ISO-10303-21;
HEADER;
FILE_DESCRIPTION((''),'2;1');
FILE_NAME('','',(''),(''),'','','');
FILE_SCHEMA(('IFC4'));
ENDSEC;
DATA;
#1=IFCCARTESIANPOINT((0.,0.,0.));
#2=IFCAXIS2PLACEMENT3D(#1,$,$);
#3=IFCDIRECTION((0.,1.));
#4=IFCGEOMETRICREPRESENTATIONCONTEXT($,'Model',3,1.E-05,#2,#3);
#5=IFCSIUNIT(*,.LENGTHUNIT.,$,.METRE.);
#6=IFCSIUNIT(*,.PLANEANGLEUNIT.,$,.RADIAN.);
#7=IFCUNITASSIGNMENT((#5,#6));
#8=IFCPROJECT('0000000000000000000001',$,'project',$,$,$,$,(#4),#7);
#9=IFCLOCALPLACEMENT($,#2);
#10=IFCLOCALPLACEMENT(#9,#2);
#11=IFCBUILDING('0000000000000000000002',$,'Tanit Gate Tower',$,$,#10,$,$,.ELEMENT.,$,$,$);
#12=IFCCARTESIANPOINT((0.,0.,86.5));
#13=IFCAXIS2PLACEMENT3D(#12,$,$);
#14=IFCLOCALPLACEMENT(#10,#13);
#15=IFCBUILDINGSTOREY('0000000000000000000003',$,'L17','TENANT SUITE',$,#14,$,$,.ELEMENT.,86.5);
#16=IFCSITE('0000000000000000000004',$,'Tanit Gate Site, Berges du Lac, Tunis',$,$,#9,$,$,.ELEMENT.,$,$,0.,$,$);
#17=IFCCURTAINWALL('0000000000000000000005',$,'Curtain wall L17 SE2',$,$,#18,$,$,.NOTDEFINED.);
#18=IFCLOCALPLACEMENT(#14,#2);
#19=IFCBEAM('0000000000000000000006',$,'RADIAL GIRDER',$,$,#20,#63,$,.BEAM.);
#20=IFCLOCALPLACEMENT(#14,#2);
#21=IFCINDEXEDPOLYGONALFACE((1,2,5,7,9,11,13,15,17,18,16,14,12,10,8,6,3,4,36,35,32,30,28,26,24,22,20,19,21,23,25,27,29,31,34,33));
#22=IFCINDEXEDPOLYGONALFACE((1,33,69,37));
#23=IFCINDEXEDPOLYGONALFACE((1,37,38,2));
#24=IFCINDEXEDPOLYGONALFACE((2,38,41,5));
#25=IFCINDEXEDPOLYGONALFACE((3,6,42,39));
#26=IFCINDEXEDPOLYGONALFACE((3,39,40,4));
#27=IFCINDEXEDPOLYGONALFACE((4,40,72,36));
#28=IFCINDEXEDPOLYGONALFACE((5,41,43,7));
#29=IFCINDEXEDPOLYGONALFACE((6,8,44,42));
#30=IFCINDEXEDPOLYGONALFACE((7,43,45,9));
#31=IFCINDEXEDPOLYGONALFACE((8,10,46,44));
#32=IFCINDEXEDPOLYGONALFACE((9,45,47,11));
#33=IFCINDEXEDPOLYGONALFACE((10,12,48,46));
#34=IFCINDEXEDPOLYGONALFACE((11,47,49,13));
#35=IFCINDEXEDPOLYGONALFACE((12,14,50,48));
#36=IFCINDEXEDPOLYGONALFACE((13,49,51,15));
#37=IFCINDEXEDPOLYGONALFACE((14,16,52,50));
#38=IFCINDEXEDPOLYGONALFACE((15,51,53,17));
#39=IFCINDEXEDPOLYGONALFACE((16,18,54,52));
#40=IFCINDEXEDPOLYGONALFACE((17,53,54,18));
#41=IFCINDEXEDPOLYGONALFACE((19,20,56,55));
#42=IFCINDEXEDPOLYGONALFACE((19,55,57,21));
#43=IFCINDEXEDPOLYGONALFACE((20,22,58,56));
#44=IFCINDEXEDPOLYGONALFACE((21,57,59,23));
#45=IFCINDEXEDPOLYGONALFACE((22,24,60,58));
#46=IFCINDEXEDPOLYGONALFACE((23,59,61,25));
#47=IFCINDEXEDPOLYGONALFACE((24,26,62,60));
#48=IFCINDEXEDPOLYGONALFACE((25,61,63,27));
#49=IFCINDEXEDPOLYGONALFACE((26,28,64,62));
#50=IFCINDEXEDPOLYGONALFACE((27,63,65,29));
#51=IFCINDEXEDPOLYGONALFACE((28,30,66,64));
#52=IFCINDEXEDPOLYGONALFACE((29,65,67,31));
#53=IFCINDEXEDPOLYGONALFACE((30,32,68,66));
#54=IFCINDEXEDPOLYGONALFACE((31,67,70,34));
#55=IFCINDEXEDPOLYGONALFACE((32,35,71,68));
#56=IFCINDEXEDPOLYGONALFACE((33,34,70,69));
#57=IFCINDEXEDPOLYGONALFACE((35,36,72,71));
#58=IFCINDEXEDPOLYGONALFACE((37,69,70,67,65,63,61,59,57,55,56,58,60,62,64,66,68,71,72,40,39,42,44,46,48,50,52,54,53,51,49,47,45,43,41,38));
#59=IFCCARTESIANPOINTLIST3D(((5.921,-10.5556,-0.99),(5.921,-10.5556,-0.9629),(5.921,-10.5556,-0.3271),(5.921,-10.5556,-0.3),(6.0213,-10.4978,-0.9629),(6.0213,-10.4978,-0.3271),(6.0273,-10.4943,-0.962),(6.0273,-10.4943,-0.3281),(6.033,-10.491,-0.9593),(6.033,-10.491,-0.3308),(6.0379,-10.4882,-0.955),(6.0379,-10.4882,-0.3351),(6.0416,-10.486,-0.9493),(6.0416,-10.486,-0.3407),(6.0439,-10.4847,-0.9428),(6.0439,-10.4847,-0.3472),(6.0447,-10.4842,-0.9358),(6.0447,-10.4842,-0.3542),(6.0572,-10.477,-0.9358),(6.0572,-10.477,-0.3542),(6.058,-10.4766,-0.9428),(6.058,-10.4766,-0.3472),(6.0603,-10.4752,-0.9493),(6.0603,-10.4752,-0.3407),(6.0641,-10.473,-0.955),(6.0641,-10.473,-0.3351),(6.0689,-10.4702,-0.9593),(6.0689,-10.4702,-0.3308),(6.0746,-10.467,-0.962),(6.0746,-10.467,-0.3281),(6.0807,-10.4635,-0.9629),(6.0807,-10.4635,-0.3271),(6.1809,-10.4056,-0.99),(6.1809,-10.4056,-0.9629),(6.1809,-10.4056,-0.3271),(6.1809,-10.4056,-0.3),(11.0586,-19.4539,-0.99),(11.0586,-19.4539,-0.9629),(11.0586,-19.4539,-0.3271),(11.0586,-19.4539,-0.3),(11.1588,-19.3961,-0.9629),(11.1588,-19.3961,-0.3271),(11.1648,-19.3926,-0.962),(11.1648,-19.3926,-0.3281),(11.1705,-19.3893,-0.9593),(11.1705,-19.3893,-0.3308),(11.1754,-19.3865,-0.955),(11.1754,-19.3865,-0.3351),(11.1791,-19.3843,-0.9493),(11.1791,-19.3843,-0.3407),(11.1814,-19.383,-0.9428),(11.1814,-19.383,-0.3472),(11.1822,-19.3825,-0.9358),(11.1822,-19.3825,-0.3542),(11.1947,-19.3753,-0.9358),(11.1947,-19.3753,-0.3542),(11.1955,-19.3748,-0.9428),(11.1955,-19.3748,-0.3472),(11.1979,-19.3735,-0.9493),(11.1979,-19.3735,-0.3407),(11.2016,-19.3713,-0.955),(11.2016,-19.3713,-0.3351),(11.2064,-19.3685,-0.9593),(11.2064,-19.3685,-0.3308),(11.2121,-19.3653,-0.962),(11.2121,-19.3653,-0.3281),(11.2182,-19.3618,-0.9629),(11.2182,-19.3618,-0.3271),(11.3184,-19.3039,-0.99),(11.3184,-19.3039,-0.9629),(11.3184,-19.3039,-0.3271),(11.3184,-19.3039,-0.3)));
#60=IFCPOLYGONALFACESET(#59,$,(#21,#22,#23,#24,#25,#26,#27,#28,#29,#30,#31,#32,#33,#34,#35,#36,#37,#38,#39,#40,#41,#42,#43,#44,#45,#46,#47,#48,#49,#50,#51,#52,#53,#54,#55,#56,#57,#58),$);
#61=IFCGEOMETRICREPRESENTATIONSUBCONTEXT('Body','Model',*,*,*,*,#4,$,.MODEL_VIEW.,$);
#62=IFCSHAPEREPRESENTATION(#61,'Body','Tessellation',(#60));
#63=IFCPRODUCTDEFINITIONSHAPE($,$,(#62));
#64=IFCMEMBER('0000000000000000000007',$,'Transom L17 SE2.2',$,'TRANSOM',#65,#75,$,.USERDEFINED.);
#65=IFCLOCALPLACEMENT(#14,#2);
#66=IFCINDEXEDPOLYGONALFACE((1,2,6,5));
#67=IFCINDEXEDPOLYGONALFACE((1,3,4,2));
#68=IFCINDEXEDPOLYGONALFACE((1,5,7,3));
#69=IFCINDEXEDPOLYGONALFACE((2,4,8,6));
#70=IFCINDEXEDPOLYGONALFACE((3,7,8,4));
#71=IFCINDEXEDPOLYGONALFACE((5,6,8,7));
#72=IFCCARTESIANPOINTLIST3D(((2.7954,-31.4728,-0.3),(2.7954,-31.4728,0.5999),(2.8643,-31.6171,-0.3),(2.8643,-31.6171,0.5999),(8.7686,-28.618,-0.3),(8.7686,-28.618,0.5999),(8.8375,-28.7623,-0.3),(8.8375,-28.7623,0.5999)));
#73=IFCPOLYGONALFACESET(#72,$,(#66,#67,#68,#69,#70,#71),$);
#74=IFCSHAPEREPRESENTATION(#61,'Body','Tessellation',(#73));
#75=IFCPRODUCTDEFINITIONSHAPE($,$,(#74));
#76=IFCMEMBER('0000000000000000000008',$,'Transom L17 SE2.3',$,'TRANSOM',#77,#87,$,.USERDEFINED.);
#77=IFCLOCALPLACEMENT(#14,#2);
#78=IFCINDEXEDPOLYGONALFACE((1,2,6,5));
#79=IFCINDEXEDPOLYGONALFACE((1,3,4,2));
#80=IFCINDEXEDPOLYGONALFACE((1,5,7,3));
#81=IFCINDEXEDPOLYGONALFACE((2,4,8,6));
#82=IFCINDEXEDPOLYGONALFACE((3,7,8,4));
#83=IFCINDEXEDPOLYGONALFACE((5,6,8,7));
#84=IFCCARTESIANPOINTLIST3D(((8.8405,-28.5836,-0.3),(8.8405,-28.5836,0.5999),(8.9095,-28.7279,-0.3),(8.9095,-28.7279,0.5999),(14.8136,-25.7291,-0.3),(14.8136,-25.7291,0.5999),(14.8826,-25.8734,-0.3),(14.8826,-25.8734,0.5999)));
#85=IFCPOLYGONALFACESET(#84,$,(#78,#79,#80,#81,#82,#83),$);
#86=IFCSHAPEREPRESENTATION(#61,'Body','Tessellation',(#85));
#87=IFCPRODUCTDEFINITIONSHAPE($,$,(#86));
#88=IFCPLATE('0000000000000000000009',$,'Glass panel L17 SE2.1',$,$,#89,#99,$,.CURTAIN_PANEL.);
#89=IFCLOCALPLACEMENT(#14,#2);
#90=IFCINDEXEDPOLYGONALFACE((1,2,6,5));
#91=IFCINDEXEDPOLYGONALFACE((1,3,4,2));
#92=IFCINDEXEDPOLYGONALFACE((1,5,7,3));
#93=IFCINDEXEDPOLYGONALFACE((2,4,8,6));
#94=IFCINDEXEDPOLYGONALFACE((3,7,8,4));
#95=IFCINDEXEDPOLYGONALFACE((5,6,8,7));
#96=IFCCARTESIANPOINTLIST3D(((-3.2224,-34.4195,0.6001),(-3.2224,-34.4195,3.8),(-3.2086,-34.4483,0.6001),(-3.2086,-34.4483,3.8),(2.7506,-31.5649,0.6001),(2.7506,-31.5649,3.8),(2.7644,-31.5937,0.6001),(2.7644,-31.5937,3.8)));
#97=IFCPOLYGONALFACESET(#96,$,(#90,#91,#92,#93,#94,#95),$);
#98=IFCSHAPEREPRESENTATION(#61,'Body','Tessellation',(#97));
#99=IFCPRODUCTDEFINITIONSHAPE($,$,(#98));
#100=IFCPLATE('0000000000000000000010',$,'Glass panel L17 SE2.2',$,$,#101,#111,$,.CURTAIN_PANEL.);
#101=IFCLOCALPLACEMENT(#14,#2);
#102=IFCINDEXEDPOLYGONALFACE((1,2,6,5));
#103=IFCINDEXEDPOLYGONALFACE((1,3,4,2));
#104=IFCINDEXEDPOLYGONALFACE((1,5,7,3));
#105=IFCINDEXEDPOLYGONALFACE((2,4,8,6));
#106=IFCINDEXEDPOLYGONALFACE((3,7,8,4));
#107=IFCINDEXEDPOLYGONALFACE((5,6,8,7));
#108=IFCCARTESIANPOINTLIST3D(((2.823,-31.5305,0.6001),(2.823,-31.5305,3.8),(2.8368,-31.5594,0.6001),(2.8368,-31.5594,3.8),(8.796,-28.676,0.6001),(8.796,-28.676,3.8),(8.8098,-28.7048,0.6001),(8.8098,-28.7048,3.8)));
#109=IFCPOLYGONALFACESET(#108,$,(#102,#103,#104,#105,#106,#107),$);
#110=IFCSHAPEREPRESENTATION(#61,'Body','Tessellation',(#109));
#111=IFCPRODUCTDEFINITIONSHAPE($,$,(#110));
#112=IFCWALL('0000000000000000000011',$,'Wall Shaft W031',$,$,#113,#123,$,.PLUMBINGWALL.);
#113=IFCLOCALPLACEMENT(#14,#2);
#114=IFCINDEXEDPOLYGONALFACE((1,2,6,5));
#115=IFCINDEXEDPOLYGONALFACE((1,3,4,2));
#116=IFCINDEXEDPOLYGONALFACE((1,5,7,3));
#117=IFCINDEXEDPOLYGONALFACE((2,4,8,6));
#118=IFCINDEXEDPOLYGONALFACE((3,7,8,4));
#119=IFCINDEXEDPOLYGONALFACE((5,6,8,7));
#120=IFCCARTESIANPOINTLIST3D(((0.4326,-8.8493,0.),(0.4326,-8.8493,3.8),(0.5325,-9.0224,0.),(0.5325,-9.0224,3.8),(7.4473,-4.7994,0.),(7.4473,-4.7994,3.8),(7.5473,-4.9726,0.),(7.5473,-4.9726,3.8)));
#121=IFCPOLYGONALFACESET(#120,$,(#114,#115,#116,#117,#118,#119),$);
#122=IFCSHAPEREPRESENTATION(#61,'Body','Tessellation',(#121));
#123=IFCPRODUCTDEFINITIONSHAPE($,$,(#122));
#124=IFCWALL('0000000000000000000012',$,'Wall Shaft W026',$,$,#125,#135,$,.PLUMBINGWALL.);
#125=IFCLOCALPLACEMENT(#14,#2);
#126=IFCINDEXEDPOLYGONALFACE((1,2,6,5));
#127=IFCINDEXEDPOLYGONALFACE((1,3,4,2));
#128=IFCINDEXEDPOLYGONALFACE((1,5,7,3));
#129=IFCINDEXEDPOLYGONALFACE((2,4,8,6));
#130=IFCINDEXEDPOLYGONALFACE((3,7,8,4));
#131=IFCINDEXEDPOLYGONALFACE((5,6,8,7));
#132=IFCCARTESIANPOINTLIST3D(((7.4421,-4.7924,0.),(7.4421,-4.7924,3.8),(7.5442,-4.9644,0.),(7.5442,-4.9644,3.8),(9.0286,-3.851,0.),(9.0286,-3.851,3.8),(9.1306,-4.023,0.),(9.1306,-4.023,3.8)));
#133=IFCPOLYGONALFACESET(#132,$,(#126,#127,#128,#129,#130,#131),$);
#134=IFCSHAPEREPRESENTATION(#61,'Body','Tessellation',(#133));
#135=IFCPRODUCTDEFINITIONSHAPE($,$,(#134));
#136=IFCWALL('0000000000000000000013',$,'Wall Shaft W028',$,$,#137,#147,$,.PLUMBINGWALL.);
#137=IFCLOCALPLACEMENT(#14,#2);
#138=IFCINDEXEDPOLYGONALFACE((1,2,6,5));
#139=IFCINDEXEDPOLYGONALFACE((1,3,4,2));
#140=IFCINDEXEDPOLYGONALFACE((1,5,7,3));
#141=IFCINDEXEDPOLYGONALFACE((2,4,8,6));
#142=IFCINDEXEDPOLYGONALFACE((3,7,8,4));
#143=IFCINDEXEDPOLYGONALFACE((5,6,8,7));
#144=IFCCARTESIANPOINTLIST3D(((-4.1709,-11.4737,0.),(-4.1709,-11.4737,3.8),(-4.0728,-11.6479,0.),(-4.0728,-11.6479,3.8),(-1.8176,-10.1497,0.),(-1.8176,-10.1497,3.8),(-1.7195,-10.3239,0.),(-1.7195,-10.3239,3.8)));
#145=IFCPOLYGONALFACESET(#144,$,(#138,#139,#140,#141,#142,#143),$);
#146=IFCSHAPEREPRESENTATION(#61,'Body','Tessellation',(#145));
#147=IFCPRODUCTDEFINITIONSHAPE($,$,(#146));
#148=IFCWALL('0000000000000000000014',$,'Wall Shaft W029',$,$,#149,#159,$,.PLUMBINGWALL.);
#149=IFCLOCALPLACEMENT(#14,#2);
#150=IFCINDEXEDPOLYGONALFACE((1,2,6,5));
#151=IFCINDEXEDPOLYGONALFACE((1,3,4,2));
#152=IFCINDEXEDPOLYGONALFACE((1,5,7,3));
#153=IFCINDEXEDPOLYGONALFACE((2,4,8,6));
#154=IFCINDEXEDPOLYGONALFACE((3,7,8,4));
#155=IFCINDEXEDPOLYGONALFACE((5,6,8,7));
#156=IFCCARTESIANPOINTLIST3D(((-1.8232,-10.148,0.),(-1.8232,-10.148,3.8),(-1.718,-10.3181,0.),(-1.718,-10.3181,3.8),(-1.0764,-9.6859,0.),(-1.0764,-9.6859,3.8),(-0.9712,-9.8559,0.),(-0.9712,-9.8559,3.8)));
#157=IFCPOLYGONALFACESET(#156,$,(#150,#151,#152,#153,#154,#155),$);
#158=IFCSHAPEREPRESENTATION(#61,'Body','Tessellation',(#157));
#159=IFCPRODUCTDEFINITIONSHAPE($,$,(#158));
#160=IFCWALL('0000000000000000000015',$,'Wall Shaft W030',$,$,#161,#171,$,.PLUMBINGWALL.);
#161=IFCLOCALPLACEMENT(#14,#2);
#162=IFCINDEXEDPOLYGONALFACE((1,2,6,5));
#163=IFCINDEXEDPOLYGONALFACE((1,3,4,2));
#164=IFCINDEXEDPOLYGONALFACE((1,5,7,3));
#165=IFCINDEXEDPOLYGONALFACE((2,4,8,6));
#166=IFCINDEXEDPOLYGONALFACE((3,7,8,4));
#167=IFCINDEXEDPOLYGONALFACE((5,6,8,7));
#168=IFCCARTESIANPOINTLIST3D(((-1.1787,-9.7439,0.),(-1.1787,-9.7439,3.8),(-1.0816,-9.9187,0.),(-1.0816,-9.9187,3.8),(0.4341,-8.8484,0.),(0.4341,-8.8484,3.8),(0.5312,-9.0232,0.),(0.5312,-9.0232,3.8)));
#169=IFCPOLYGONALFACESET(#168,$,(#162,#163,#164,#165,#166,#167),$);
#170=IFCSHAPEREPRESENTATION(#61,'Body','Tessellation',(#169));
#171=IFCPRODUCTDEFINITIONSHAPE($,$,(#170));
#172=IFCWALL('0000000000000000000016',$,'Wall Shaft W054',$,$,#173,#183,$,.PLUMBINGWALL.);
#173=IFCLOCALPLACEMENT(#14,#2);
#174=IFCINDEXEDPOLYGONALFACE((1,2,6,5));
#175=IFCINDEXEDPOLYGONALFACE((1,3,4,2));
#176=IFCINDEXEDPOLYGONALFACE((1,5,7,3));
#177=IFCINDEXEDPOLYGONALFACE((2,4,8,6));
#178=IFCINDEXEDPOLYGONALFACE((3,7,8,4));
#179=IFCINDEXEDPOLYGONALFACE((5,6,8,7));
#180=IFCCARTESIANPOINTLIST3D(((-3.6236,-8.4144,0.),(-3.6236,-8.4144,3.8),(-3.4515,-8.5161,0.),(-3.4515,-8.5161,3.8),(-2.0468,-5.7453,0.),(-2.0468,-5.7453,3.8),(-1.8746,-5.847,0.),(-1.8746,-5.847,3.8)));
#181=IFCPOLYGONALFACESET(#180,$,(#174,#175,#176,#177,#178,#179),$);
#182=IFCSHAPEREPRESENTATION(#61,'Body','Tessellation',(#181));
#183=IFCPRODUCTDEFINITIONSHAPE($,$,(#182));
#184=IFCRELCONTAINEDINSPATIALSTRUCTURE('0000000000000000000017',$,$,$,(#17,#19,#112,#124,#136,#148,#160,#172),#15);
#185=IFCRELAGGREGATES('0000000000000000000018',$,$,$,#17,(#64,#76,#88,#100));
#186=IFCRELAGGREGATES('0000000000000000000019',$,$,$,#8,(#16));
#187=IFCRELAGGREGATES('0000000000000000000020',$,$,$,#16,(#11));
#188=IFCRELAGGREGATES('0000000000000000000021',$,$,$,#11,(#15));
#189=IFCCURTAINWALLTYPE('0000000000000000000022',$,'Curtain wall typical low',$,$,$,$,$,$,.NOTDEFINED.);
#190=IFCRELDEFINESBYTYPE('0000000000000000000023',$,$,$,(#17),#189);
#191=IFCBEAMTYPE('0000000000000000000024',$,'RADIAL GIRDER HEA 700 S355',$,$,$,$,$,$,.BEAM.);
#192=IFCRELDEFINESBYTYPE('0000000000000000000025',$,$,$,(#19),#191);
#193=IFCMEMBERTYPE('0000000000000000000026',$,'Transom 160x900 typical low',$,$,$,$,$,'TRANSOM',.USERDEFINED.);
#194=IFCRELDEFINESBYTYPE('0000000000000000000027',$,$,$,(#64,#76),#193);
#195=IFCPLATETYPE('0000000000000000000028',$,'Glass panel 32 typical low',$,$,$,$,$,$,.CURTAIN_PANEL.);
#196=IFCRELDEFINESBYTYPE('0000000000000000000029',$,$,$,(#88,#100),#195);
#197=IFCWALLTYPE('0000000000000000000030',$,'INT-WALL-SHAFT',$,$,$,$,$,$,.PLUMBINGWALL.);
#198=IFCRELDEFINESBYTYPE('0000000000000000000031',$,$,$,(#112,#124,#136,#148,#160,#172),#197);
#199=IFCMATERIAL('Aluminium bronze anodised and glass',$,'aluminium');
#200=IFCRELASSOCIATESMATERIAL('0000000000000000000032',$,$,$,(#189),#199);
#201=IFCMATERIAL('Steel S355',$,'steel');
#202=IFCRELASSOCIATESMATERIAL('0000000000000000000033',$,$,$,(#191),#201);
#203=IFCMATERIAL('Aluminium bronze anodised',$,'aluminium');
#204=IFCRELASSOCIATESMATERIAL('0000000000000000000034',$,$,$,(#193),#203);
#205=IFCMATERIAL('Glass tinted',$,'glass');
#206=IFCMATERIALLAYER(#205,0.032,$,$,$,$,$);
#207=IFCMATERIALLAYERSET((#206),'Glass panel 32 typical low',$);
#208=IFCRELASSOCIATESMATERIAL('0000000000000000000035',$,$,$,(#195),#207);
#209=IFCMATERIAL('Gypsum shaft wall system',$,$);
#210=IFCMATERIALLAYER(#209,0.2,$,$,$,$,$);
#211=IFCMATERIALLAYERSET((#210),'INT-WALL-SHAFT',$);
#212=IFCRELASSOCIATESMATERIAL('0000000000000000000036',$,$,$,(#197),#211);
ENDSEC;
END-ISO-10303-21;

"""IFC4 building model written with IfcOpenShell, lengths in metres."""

from ifc_helpers import new_model, si_unit, direction, frame, frame_2d, origin, origin_2d, place, context, subcontext, project, spatial, rectangle, i_section, extrude, material, layer, layer_set, material_profile, profile_set, type_object, element, aggregate, save


model = new_model("IFC4")

# Units and contexts
model_context = context("Model", 3, precision=1e-05, world=origin(), true_north=direction((0.0, 1.0)))
body_context = subcontext(model_context, "Body", "Model", "MODEL_VIEW")
ifc_project = project(units=[si_unit("LENGTHUNIT", "METRE"), si_unit("PLANEANGLEUNIT", "RADIAN")], contexts=[model_context])

# Site, building, storey
site_placement = place(None, origin())
site = spatial("IfcSite", under=ifc_project, at=site_placement, Name="Tanit Gate Site, Berges du Lac, Tunis", CompositionType="ELEMENT", RefElevation=0.0)
building_placement = place(site_placement, origin())
building = spatial("IfcBuilding", under=site, at=building_placement, Name="Tanit Gate Tower", CompositionType="ELEMENT")
storey_placement = place(building_placement, frame((0.0, 0.0, 86.5)))
storey = spatial("IfcBuildingStorey", under=building, at=storey_placement, Name="L17", Description="TENANT SUITE", CompositionType="ELEMENT", Elevation=86.5)

# Curtain wall
ifc_material_1 = material(Name="Aluminium bronze anodised and glass", Category="aluminium")
curtain_wall_type = type_object("IfcCurtainWallType", Name="Curtain wall typical low", PredefinedType="NOTDEFINED", material=ifc_material_1)
curtain_wall_placement = place(storey_placement, origin())
curtain_wall = element("IfcCurtainWall", 1, at=curtain_wall_placement, inside=storey, type_object=curtain_wall_type, Name="Curtain wall L17 SE2", PredefinedType="NOTDEFINED")

# Beam
ifc_material_2 = material(Name="Steel S355", Category="steel")
ifc_material_profile_1 = material_profile(ifc_material_2, i_section(OverallWidth=0.3, OverallDepth=0.6899, WebThickness=0.0144, FlangeThickness=0.0271, FilletRadius=0.0271, at=origin_2d()), Name="HEA 700")
ifc_profile_set_1 = profile_set([ifc_material_profile_1], Name="Steel S355")
beam_type = type_object("IfcBeamType", Name="RADIAL GIRDER HEA 700 S355", PredefinedType="BEAM", material=ifc_profile_set_1)
beam_1_placement = place(storey_placement, frame((11.1885, -19.3789, -0.645), z_axis=(-0.500006, 0.866022, 0.0), x_axis=(-0.866022, -0.500006, 0.0)))
element("IfcBeam", 2, at=beam_1_placement, inside=storey, type_object=beam_type, Name="RADIAL GIRDER", PredefinedType="BEAM", context=body_context, shape_type="SweptSolid", body=[
    extrude(i_section(OverallWidth=0.3, OverallDepth=0.6899, WebThickness=0.0144, FlangeThickness=0.0271, FilletRadius=0.0271, at=origin_2d()), origin(), (0.0, 0.0, 1.0), 10.2749),
])

# Members
ifc_material_3 = material(Name="Aluminium bronze anodised", Category="aluminium")
ifc_material_profile_2 = material_profile(ifc_material_3, rectangle(XDim=0.1599, YDim=0.8999, at=origin_2d()), Name="160x900 bronze transom")
ifc_profile_set_2 = profile_set([ifc_material_profile_2], Name="Aluminium bronze anodised")
member_type_1 = type_object("IfcMemberType", Name="Transom 160x900 typical low", ElementType="TRANSOM", PredefinedType="USERDEFINED", material=ifc_profile_set_2)
member_1_placement = place(storey_placement, frame((2.8298, -31.5449, 0.1499), z_axis=(0.902251, 0.431211, 0.0), x_axis=(-0.431211, 0.902251, 0.0)))
member_1 = element("IfcMember", 3, at=member_1_placement, type_object=member_type_1, Name="Transom L17 SE2.2", ObjectType="TRANSOM", PredefinedType="USERDEFINED", context=body_context, shape_type="SweptSolid", body=[
    extrude(rectangle(XDim=0.1599, YDim=0.8999, at=origin_2d()), origin(), (0.0, 0.0, 1.0), 6.6204),
])
member_2_placement = place(storey_placement, frame((8.875, -28.6558, 0.1499), z_axis=(0.902265, 0.431181, 0.0), x_axis=(-0.431181, 0.902265, 0.0)))
member_2 = element("IfcMember", 4, at=member_2_placement, type_object=member_type_1, Name="Transom L17 SE2.3", ObjectType="TRANSOM", PredefinedType="USERDEFINED", context=body_context, shape_type="SweptSolid", body=[
    extrude(rectangle(XDim=0.1599, YDim=0.8999, at=origin_2d()), origin(), (0.0, 0.0, 1.0), 6.6201),
])

# Plates
ifc_material_4 = material(Name="Glass tinted", Category="glass")
ifc_layer_1 = layer(ifc_material_4, 0.032)
ifc_layer_set_1 = layer_set([ifc_layer_1], Name="Glass panel 32 typical low")
plate_type = type_object("IfcPlateType", Name="Glass panel 32 typical low", PredefinedType="CURTAIN_PANEL", material=ifc_layer_set_1)
plate_1_placement = place(storey_placement, frame((-0.229, -33.0066, 0.6001), z_axis=(0.0, 0.0, 1.0), x_axis=(0.902258, 0.431197, 0.0)))
plate_1 = element("IfcPlate", 5, at=plate_1_placement, type_object=plate_type, Name="Glass panel L17 SE2.1", PredefinedType="CURTAIN_PANEL", context=body_context, shape_type="SweptSolid", body=[
    extrude(rectangle(XDim=6.6201, YDim=0.032, at=origin_2d()), origin(), (0.0, 0.0, 1.0), 3.2),
])
plate_2_placement = place(storey_placement, frame((5.8164, -30.1177, 0.6001), z_axis=(0.0, 0.0, 1.0), x_axis=(0.902258, 0.431197, 0.0)))
plate_2 = element("IfcPlate", 6, at=plate_2_placement, type_object=plate_type, Name="Glass panel L17 SE2.2", PredefinedType="CURTAIN_PANEL", context=body_context, shape_type="SweptSolid", body=[
    extrude(rectangle(XDim=6.6201, YDim=0.032, at=origin_2d()), origin(), (0.0, 0.0, 1.0), 3.2),
])
aggregate(curtain_wall, [member_1, member_2, plate_1, plate_2])

# Walls
ifc_material_5 = material(Name="Gypsum shaft wall system")
ifc_layer_2 = layer(ifc_material_5, 0.2)
ifc_layer_set_2 = layer_set([ifc_layer_2], Name="INT-WALL-SHAFT")
wall_type = type_object("IfcWallType", Name="INT-WALL-SHAFT", PredefinedType="PLUMBINGWALL", material=ifc_layer_set_2)
wall_1_placement = place(storey_placement, frame((0.4827, -8.9358, 0.0), z_axis=(0.0, 0.0, 1.0), x_axis=(0.866031, 0.49999, 0.0)))
element("IfcWall", 7, at=wall_1_placement, inside=storey, type_object=wall_type, Name="Wall Shaft W031", PredefinedType="PLUMBINGWALL", context=body_context, shape_type="SweptSolid", body=[
    extrude(rectangle(XDim=8.0999, YDim=0.2, at=frame_2d((4.0498, 0.0))), origin(), (0.0, 0.0, 1.0), 3.8),
])
wall_2_placement = place(storey_placement, frame((7.4932, -4.8784, 0.0), z_axis=(0.0, 0.0, 1.0), x_axis=(0.859982, 0.510325, 0.0)))
element("IfcWall", 8, at=wall_2_placement, inside=storey, type_object=wall_type, Name="Wall Shaft W026", PredefinedType="PLUMBINGWALL", context=body_context, shape_type="SweptSolid", body=[
    extrude(rectangle(XDim=1.8447, YDim=0.2, at=frame_2d((0.9224, 0.0))), origin(), (0.0, 0.0, 1.0), 3.8),
])
wall_3_placement = place(storey_placement, frame((-1.7686, -10.2368, 0.0), z_axis=(0.0, 0.0, 1.0), x_axis=(-0.871534, -0.490334, 0.0)))
element("IfcWall", 9, at=wall_3_placement, inside=storey, type_object=wall_type, Name="Wall Shaft W028", PredefinedType="PLUMBINGWALL", context=body_context, shape_type="SweptSolid", body=[
    extrude(rectangle(XDim=2.7002, YDim=0.2, at=frame_2d((1.3501, 0.0))), origin(), (0.0, 0.0, 1.0), 3.8),
])
wall_4_placement = place(storey_placement, frame((-1.0239, -9.771, 0.0), z_axis=(0.0, 0.0, 1.0), x_axis=(-0.850348, -0.526221, 0.0)))
element("IfcWall", 10, at=wall_4_placement, inside=storey, type_object=wall_type, Name="Wall Shaft W029", PredefinedType="PLUMBINGWALL", context=body_context, shape_type="SweptSolid", body=[
    extrude(rectangle(XDim=0.8782, YDim=0.2, at=frame_2d((0.439, 0.0))), origin(), (0.0, 0.0, 1.0), 3.8),
])
wall_5_placement = place(storey_placement, frame((-1.1301, -9.8313, 0.0), z_axis=(0.0, 0.0, 1.0), x_axis=(0.87427, 0.485441, 0.0)))
element("IfcWall", 11, at=wall_5_placement, inside=storey, type_object=wall_type, Name="Wall Shaft W030", PredefinedType="PLUMBINGWALL", context=body_context, shape_type="SweptSolid", body=[
    extrude(rectangle(XDim=1.8447, YDim=0.2, at=frame_2d((0.9224, 0.0))), origin(), (0.0, 0.0, 1.0), 3.8),
])
wall_6_placement = place(storey_placement, frame((-1.9607, -5.7961, 0.0), z_axis=(0.0, 0.0, 1.0), x_axis=(-0.508647, -0.860975, 0.0)))
element("IfcWall", 12, at=wall_6_placement, inside=storey, type_object=wall_type, Name="Wall Shaft W054", PredefinedType="PLUMBINGWALL", context=body_context, shape_type="SweptSolid", body=[
    extrude(rectangle(XDim=3.1001, YDim=0.2, at=frame_2d((1.55, 0.0))), origin(), (0.0, 0.0, 1.0), 3.8),
])

save(model, "model.ifc")
